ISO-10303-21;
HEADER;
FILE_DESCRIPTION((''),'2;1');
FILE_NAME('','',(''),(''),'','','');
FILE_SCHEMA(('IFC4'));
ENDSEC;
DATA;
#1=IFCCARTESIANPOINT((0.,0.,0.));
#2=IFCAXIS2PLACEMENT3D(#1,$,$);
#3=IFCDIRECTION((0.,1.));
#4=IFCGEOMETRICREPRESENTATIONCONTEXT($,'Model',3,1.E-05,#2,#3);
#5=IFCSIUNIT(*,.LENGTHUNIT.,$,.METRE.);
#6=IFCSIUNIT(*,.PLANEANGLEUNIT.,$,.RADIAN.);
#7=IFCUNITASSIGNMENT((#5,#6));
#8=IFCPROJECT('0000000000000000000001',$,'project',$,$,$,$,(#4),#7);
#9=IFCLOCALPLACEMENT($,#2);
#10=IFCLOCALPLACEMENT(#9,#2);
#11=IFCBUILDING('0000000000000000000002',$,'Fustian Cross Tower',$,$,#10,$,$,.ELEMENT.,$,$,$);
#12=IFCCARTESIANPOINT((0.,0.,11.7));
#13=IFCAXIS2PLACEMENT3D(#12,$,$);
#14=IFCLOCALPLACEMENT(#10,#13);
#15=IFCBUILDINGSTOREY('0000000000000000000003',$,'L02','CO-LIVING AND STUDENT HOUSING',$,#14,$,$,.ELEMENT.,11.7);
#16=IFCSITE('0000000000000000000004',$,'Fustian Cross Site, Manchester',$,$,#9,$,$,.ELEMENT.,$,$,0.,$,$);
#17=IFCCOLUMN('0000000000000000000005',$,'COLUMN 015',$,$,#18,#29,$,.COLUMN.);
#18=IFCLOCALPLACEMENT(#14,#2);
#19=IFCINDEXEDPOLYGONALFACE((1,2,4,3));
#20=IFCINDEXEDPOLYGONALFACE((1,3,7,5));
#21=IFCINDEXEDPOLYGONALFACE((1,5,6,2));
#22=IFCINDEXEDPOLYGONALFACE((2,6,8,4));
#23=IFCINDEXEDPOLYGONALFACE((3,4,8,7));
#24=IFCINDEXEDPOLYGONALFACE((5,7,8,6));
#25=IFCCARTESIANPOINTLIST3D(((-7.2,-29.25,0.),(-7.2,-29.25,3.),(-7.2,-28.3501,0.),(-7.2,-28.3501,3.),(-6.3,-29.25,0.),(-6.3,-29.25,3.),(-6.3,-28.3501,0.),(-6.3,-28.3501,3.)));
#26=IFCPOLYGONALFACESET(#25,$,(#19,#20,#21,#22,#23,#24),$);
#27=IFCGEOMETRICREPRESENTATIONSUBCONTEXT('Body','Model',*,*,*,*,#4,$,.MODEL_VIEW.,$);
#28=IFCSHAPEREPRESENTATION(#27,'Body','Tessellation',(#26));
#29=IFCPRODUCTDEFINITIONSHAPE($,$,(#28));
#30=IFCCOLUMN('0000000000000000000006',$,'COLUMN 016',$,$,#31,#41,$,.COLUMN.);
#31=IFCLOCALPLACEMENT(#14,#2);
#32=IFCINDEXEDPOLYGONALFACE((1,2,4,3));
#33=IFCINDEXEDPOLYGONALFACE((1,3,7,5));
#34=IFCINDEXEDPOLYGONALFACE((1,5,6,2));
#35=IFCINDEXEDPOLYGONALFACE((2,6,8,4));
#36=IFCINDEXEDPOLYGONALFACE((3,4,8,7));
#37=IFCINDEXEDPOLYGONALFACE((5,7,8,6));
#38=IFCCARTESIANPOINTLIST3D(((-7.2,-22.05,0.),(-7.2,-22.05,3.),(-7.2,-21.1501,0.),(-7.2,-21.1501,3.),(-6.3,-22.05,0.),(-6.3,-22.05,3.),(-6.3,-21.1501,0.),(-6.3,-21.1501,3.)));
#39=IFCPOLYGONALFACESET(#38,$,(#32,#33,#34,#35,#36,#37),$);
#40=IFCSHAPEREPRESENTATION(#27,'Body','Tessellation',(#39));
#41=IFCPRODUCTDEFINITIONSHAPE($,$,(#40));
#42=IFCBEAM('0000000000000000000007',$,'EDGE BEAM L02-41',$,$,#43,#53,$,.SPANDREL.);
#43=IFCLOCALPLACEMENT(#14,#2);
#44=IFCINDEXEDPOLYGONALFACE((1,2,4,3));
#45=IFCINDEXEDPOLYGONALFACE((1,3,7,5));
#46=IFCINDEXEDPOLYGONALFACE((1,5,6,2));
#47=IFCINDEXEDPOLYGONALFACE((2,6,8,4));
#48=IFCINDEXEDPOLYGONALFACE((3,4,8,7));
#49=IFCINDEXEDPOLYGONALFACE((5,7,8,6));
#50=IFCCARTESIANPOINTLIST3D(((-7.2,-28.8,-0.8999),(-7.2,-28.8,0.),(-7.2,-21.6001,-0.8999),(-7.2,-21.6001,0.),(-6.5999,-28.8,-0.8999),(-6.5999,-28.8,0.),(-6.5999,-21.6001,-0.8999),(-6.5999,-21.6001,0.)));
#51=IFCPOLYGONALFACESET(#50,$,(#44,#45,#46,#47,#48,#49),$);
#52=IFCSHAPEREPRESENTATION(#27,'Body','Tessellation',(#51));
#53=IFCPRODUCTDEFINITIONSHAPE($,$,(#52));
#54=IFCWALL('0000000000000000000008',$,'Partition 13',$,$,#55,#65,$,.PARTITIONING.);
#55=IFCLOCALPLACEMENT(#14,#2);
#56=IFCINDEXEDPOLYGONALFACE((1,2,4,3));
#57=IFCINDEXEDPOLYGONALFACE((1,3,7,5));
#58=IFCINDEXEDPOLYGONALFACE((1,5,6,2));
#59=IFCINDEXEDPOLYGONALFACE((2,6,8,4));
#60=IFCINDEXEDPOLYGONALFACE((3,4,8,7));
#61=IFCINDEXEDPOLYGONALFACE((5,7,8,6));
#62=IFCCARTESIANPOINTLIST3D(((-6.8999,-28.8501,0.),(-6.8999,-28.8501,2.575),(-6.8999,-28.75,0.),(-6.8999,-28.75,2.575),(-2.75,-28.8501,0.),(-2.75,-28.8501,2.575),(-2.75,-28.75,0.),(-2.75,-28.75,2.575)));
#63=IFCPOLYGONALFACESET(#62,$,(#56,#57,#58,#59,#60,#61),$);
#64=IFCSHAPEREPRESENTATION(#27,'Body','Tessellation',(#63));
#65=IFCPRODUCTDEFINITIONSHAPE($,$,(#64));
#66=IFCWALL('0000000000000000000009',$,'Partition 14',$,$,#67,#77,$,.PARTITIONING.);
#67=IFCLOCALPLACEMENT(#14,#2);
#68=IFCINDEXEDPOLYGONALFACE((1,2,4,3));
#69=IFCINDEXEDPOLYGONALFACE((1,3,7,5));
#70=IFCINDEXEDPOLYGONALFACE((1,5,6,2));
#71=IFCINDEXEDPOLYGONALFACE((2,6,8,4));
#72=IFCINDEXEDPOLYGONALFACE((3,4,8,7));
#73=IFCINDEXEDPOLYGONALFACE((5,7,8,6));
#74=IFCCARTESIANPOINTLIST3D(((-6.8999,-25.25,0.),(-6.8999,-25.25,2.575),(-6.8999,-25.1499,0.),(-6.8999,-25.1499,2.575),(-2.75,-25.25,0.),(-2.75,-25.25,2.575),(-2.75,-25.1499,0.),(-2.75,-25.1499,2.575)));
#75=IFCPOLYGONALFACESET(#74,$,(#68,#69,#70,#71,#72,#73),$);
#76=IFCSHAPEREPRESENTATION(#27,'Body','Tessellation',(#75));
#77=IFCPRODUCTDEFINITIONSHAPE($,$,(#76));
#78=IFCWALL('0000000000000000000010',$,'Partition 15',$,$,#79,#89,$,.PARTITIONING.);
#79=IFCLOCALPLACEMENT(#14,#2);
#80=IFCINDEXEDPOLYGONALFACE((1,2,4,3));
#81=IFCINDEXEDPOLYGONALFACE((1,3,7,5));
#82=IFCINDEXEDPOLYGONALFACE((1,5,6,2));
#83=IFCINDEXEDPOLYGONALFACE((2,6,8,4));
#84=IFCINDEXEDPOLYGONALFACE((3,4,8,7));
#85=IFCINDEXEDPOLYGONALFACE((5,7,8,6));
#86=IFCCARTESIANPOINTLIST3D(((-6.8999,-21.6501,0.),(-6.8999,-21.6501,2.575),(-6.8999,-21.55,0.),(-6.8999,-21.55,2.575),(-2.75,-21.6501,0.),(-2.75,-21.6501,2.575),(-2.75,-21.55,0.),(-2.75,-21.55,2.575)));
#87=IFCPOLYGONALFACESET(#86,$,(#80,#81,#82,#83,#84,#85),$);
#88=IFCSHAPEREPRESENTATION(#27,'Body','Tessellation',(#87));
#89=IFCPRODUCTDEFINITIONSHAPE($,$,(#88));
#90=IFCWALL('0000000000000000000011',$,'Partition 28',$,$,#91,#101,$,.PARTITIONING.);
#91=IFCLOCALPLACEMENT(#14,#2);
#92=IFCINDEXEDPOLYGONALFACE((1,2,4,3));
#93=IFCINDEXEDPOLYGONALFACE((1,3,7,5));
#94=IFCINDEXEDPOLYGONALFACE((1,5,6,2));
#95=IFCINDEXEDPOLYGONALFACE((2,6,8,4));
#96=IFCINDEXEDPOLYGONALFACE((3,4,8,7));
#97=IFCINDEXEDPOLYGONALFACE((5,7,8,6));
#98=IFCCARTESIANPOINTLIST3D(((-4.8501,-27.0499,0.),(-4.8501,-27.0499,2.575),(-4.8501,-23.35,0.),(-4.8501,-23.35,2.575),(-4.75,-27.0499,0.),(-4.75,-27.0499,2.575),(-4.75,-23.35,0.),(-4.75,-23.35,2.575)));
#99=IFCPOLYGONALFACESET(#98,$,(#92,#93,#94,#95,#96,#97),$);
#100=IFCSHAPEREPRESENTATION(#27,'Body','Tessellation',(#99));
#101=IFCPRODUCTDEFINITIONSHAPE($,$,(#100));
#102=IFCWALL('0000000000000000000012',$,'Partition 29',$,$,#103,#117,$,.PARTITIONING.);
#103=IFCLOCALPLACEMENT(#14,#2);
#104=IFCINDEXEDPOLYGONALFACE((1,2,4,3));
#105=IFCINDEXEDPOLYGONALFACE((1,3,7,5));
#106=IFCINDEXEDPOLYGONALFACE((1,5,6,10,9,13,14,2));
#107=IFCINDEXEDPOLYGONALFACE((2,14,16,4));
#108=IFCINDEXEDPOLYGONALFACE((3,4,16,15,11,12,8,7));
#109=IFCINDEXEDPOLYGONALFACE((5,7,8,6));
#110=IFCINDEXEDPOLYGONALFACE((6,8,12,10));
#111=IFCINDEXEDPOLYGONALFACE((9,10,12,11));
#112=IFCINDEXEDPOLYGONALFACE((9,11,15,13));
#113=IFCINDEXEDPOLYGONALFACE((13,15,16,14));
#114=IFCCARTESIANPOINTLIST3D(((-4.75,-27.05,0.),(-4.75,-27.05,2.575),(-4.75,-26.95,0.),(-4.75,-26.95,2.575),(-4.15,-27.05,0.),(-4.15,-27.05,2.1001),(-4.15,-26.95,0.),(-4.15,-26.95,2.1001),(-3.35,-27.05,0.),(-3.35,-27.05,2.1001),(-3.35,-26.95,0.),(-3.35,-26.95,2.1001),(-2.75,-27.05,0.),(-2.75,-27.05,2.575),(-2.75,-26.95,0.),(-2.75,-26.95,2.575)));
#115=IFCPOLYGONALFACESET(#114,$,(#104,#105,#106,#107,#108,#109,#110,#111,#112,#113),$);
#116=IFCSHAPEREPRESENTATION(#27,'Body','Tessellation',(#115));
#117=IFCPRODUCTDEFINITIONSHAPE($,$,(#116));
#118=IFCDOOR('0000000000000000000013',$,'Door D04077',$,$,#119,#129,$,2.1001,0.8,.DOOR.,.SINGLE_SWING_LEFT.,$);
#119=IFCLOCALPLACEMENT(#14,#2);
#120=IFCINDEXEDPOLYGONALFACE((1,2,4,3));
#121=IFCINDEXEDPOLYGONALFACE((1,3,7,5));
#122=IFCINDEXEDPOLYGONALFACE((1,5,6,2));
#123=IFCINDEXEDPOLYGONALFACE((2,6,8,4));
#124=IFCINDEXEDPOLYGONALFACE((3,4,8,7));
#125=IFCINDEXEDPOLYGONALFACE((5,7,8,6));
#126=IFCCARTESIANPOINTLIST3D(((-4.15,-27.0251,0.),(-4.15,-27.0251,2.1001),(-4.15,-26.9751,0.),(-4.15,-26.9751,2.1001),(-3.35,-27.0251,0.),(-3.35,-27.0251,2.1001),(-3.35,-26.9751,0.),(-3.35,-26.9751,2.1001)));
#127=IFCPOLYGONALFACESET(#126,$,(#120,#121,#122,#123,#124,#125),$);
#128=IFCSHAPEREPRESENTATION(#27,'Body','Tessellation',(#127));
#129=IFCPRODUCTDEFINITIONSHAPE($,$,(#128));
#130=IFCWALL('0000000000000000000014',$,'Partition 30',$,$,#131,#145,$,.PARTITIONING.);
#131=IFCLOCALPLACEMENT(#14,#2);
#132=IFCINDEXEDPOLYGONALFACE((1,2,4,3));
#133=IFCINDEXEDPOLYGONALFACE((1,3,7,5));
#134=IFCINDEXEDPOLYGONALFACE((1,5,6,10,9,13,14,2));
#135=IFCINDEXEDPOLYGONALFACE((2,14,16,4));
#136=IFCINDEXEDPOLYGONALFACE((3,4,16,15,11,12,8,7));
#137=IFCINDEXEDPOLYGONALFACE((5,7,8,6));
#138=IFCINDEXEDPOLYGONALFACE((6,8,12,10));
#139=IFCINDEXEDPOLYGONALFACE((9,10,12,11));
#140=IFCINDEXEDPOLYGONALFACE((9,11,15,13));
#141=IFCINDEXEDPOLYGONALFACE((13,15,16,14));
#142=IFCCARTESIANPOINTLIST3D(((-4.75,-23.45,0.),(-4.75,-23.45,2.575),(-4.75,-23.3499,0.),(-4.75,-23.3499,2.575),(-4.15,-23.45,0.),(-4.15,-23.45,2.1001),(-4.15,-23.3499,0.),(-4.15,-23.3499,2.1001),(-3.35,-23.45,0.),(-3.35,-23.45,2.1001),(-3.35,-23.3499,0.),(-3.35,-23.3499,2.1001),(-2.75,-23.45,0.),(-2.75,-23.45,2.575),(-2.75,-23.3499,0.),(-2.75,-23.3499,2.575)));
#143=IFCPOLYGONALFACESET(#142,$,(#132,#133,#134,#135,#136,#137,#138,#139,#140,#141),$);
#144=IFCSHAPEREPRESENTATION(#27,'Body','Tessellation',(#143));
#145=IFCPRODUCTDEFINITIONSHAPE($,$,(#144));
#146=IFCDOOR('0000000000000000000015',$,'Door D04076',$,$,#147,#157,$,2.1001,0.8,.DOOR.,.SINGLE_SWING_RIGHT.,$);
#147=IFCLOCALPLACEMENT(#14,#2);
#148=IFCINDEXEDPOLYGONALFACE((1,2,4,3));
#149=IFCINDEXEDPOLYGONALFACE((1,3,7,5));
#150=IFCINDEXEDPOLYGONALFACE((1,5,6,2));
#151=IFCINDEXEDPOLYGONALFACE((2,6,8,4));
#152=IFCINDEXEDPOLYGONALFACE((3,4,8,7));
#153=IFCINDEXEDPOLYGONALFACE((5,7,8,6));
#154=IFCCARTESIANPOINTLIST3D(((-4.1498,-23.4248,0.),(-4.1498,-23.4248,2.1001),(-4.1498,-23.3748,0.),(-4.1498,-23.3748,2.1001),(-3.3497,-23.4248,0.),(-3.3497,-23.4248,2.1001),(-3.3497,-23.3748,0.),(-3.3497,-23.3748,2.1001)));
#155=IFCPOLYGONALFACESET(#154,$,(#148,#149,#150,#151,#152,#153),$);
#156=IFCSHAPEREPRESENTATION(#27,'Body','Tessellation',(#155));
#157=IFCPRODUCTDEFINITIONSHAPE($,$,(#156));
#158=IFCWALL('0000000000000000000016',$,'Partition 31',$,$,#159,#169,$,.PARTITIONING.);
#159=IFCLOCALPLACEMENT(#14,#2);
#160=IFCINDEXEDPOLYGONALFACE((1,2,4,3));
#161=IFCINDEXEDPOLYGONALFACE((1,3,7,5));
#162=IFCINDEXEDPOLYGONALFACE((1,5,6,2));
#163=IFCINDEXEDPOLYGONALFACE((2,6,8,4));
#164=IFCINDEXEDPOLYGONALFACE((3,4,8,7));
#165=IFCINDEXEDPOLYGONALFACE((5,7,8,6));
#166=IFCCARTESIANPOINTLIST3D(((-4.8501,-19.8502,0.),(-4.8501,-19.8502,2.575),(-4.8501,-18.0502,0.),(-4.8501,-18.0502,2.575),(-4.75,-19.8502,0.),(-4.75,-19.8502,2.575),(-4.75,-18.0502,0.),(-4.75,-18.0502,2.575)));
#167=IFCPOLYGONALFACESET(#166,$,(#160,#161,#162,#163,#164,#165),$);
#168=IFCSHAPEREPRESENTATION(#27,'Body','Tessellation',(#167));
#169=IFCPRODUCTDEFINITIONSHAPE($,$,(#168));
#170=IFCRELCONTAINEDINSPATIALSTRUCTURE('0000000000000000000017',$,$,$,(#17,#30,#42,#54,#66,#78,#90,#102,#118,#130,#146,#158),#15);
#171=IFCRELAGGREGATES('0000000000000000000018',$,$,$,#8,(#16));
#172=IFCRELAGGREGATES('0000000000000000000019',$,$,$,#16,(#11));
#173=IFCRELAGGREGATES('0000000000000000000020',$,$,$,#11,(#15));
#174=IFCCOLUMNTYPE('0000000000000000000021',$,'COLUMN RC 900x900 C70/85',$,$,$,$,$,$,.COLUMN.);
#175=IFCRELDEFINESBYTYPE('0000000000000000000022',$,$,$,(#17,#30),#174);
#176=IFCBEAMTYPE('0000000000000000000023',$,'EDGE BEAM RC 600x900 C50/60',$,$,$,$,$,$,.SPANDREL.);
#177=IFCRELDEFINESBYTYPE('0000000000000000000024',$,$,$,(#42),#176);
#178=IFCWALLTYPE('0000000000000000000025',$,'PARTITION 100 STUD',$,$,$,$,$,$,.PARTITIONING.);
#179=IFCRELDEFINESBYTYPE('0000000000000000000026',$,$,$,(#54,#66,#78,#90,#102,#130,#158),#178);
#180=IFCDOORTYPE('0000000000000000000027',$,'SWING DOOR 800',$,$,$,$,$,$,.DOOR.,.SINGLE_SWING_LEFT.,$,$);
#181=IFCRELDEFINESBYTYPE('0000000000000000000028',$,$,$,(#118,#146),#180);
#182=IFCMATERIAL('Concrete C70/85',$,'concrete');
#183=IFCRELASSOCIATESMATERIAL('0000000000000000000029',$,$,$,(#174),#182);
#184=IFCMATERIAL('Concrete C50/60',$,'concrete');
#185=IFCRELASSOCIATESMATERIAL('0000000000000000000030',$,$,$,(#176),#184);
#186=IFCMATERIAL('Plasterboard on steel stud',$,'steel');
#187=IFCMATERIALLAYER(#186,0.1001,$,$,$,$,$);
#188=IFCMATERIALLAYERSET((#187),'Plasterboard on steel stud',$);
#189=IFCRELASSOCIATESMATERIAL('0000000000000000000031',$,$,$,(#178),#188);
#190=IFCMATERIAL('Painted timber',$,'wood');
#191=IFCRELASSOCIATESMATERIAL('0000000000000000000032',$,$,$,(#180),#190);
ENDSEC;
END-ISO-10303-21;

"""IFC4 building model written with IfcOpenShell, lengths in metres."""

from ifc_helpers import new_model, si_unit, direction, frame, frame_2d, origin, origin_2d, place, context, subcontext, project, spatial, rectangle, extrude, material, layer, layer_set, material_profile, profile_set, type_object, element, fill, save


model = new_model("IFC4")

# Units and contexts
model_context = context("Model", 3, precision=1e-05, world=origin(), true_north=direction((0.0, 1.0)))
body_context = subcontext(model_context, "Body", "Model", "MODEL_VIEW")
ifc_project = project(units=[si_unit("LENGTHUNIT", "METRE"), si_unit("PLANEANGLEUNIT", "RADIAN")], contexts=[model_context])

# Site, building, storey
site_placement = place(None, origin())
site = spatial("IfcSite", under=ifc_project, at=site_placement, Name="Fustian Cross Site, Manchester", CompositionType="ELEMENT", RefElevation=0.0)
building_placement = place(site_placement, origin())
building = spatial("IfcBuilding", under=site, at=building_placement, Name="Fustian Cross Tower", CompositionType="ELEMENT")
storey_placement = place(building_placement, frame((0.0, 0.0, 11.7)))
storey = spatial("IfcBuildingStorey", under=building, at=storey_placement, Name="L02", Description="CO-LIVING AND STUDENT HOUSING", CompositionType="ELEMENT", Elevation=11.7)

# Columns
ifc_material_1 = material(Name="Concrete C70/85", Category="concrete")
ifc_material_profile_1 = material_profile(ifc_material_1, rectangle(XDim=0.8999, YDim=0.8999, at=origin_2d()), Name="RC 900x900")
ifc_profile_set_1 = profile_set([ifc_material_profile_1], Name="Concrete C70/85")
column_type = type_object("IfcColumnType", Name="COLUMN RC 900x900 C70/85", PredefinedType="COLUMN", material=ifc_profile_set_1)
for number, where, z_axis, x_axis, name in (
    (1, (-6.75, -28.8, 0.0), (0.0, 0.0, 1.0), (1.0, 0.0, 0.0), "COLUMN 015"),
    (2, (-6.75, -21.6001, 0.0), (0.0, 0.0, 1.0), (1.0, 0.0, 0.0), "COLUMN 016"),
):
    element("IfcColumn", number, at=place(storey_placement, frame(where, z_axis=z_axis, x_axis=x_axis)), inside=storey, type_object=column_type, Name=name, PredefinedType="COLUMN", context=body_context, shape_type="SweptSolid", body=[
        extrude(rectangle(XDim=0.8999, YDim=0.8999, at=origin_2d()), origin(), (0.0, 0.0, 1.0), 3.0),
    ])

# Beam
ifc_material_2 = material(Name="Concrete C50/60", Category="concrete")
ifc_material_profile_2 = material_profile(ifc_material_2, rectangle(XDim=0.6001, YDim=0.8999, at=origin_2d()), Name="RC 600x900")
ifc_profile_set_2 = profile_set([ifc_material_profile_2], Name="Concrete C50/60")
beam_type = type_object("IfcBeamType", Name="EDGE BEAM RC 600x900 C50/60", PredefinedType="SPANDREL", material=ifc_profile_set_2)
beam_placement = place(storey_placement, frame((-6.8999, -21.6001, -0.45), z_axis=(0.0, -1.0, 0.0), x_axis=(1.0, 0.0, 0.0)))
element("IfcBeam", 3, at=beam_placement, inside=storey, type_object=beam_type, Name="EDGE BEAM L02-41", PredefinedType="SPANDREL", context=body_context, shape_type="SweptSolid", body=[
    extrude(rectangle(XDim=0.6001, YDim=0.8999, at=origin_2d()), origin(), (0.0, 0.0, 1.0), 7.2),
])

# Walls
ifc_material_3 = material(Name="Plasterboard on steel stud", Category="steel")
ifc_layer_1 = layer(ifc_material_3, 0.1001)
ifc_layer_set_1 = layer_set([ifc_layer_1], Name="Plasterboard on steel stud")
wall_type_1 = type_object("IfcWallType", Name="PARTITION 100 STUD", PredefinedType="PARTITIONING", material=ifc_layer_set_1)
for number, where, z_axis, x_axis, name in (
    (4, (-6.8999, -28.8, 0.0), (0.0, 0.0, 1.0), (1.0, 0.0, 0.0), "Partition 13"),
    (5, (-6.8999, -25.2, 0.0), (0.0, 0.0, 1.0), (1.0, 0.0, 0.0), "Partition 14"),
    (6, (-6.8999, -21.6001, 0.0), (0.0, 0.0, 1.0), (1.0, 0.0, 0.0), "Partition 15"),
):
    element("IfcWall", number, at=place(storey_placement, frame(where, z_axis=z_axis, x_axis=x_axis)), inside=storey, type_object=wall_type_1, Name=name, PredefinedType="PARTITIONING", context=body_context, shape_type="SweptSolid", body=[
        extrude(rectangle(XDim=4.1499, YDim=0.1001, at=frame_2d((2.075, 0.0))), origin(), (0.0, 0.0, 1.0), 2.575),
    ])
wall_1_placement = place(storey_placement, frame((-4.8, -27.05, 0.0), z_axis=(0.0, 0.0, 1.0), x_axis=(0.0, 1.0, 0.0)))
element("IfcWall", 7, at=wall_1_placement, inside=storey, type_object=wall_type_1, Name="Partition 28", PredefinedType="PARTITIONING", context=body_context, shape_type="SweptSolid", body=[
    extrude(rectangle(XDim=3.7, YDim=0.1001, at=frame_2d((1.8501, 0.0))), origin(), (0.0, 0.0, 1.0), 2.575),
])

# Walls, openings, doors
wall_2_placement = place(storey_placement, frame((-4.75, -27.0, 0.0), z_axis=(0.0, 0.0, 1.0), x_axis=(1.0, 0.0, 0.0)))
wall_2 = element("IfcWall", 8, at=wall_2_placement, inside=storey, type_object=wall_type_1, Name="Partition 29", PredefinedType="PARTITIONING", context=body_context, shape_type="SweptSolid", body=[
    extrude(rectangle(XDim=2.0, YDim=0.1001, at=frame_2d((1.0, 0.0))), origin(), (0.0, 0.0, 1.0), 2.575),
])
opening_1_placement = place(wall_2_placement, frame((0.6001, 0.0, 0.0)))
opening_1 = element("IfcOpeningElement", 9, at=opening_1_placement, cuts=wall_2, PredefinedType="OPENING", context=body_context, shape_type="SweptSolid", body=[
    extrude(rectangle(XDim=0.8, YDim=2.1001, at=frame_2d((0.3999, 1.05))), frame((0.0, 0.0601, 0.0), z_axis=(0.0, -1.0, 0.0), x_axis=(1.0, 0.0, 0.0)), (0.0, 0.0, 1.0), 0.1201),
])
ifc_material_4 = material(Name="Painted timber", Category="wood")
door_type = type_object("IfcDoorType", Name="SWING DOOR 800", OperationType="SINGLE_SWING_LEFT", PredefinedType="DOOR", material=ifc_material_4)
door_1_placement = place(opening_1_placement, origin())
door_1 = element("IfcDoor", 10, at=door_1_placement, inside=storey, type_object=door_type, Name="Door D04077", OperationType="SINGLE_SWING_LEFT", OverallHeight=2.1001, OverallWidth=0.8, PredefinedType="DOOR", context=body_context, shape_type="SweptSolid", body=[
    extrude(rectangle(XDim=0.8, YDim=2.1001, at=frame_2d((0.3999, 1.05))), frame((0.0, 0.0249, 0.0), z_axis=(0.0, -1.0, 0.0), x_axis=(1.0, 0.0, 0.0)), (0.0, 0.0, 1.0), 0.05),
])
fill(opening_1, door_1)
wall_3_placement = place(storey_placement, frame((-4.75, -23.3999, 0.0), z_axis=(0.0, 0.0, 1.0), x_axis=(1.0, 0.0, 0.0)))
wall_3 = element("IfcWall", 11, at=wall_3_placement, inside=storey, type_object=wall_type_1, Name="Partition 30", PredefinedType="PARTITIONING", context=body_context, shape_type="SweptSolid", body=[
    extrude(rectangle(XDim=2.0, YDim=0.1001, at=frame_2d((1.0, 0.0))), origin(), (0.0, 0.0, 1.0), 2.575),
])
opening_2_placement = place(wall_3_placement, frame((0.6001, 0.0, 0.0)))
opening_2 = element("IfcOpeningElement", 12, at=opening_2_placement, cuts=wall_3, PredefinedType="OPENING", context=body_context, shape_type="SweptSolid", body=[
    extrude(rectangle(XDim=0.8, YDim=2.1001, at=frame_2d((0.3999, 1.05))), frame((0.0, 0.0601, 0.0), z_axis=(0.0, -1.0, 0.0), x_axis=(1.0, 0.0, 0.0)), (0.0, 0.0, 1.0), 0.1201),
])
door_2_placement = place(opening_2_placement, frame((0.8, 0.0, 0.0), z_axis=(0.0, 0.0, 1.0), x_axis=(-1.0, 0.0, 0.0)))
door_2 = element("IfcDoor", 13, at=door_2_placement, inside=storey, type_object=door_type, Name="Door D04076", OperationType="SINGLE_SWING_RIGHT", OverallHeight=2.1001, OverallWidth=0.8, PredefinedType="DOOR", context=body_context, shape_type="SweptSolid", body=[
    extrude(rectangle(XDim=0.8, YDim=2.1001, at=frame_2d((0.3999, 1.05))), frame((0.0, 0.0249, 0.0), z_axis=(0.0, -1.0, 0.0), x_axis=(1.0, 0.0, 0.0)), (0.0, 0.0, 1.0), 0.05),
])
fill(opening_2, door_2)

# Wall
wall_4_placement = place(storey_placement, frame((-4.8, -19.8501, 0.0), z_axis=(0.0, 0.0, 1.0), x_axis=(0.0, 1.0, 0.0)))
element("IfcWall", 14, at=wall_4_placement, inside=storey, type_object=wall_type_1, Name="Partition 31", PredefinedType="PARTITIONING", context=body_context, shape_type="SweptSolid", body=[
    extrude(rectangle(XDim=1.8, YDim=0.1001, at=frame_2d((0.8999, 0.0))), origin(), (0.0, 0.0, 1.0), 2.575),
])

save(model, "model.ifc")
